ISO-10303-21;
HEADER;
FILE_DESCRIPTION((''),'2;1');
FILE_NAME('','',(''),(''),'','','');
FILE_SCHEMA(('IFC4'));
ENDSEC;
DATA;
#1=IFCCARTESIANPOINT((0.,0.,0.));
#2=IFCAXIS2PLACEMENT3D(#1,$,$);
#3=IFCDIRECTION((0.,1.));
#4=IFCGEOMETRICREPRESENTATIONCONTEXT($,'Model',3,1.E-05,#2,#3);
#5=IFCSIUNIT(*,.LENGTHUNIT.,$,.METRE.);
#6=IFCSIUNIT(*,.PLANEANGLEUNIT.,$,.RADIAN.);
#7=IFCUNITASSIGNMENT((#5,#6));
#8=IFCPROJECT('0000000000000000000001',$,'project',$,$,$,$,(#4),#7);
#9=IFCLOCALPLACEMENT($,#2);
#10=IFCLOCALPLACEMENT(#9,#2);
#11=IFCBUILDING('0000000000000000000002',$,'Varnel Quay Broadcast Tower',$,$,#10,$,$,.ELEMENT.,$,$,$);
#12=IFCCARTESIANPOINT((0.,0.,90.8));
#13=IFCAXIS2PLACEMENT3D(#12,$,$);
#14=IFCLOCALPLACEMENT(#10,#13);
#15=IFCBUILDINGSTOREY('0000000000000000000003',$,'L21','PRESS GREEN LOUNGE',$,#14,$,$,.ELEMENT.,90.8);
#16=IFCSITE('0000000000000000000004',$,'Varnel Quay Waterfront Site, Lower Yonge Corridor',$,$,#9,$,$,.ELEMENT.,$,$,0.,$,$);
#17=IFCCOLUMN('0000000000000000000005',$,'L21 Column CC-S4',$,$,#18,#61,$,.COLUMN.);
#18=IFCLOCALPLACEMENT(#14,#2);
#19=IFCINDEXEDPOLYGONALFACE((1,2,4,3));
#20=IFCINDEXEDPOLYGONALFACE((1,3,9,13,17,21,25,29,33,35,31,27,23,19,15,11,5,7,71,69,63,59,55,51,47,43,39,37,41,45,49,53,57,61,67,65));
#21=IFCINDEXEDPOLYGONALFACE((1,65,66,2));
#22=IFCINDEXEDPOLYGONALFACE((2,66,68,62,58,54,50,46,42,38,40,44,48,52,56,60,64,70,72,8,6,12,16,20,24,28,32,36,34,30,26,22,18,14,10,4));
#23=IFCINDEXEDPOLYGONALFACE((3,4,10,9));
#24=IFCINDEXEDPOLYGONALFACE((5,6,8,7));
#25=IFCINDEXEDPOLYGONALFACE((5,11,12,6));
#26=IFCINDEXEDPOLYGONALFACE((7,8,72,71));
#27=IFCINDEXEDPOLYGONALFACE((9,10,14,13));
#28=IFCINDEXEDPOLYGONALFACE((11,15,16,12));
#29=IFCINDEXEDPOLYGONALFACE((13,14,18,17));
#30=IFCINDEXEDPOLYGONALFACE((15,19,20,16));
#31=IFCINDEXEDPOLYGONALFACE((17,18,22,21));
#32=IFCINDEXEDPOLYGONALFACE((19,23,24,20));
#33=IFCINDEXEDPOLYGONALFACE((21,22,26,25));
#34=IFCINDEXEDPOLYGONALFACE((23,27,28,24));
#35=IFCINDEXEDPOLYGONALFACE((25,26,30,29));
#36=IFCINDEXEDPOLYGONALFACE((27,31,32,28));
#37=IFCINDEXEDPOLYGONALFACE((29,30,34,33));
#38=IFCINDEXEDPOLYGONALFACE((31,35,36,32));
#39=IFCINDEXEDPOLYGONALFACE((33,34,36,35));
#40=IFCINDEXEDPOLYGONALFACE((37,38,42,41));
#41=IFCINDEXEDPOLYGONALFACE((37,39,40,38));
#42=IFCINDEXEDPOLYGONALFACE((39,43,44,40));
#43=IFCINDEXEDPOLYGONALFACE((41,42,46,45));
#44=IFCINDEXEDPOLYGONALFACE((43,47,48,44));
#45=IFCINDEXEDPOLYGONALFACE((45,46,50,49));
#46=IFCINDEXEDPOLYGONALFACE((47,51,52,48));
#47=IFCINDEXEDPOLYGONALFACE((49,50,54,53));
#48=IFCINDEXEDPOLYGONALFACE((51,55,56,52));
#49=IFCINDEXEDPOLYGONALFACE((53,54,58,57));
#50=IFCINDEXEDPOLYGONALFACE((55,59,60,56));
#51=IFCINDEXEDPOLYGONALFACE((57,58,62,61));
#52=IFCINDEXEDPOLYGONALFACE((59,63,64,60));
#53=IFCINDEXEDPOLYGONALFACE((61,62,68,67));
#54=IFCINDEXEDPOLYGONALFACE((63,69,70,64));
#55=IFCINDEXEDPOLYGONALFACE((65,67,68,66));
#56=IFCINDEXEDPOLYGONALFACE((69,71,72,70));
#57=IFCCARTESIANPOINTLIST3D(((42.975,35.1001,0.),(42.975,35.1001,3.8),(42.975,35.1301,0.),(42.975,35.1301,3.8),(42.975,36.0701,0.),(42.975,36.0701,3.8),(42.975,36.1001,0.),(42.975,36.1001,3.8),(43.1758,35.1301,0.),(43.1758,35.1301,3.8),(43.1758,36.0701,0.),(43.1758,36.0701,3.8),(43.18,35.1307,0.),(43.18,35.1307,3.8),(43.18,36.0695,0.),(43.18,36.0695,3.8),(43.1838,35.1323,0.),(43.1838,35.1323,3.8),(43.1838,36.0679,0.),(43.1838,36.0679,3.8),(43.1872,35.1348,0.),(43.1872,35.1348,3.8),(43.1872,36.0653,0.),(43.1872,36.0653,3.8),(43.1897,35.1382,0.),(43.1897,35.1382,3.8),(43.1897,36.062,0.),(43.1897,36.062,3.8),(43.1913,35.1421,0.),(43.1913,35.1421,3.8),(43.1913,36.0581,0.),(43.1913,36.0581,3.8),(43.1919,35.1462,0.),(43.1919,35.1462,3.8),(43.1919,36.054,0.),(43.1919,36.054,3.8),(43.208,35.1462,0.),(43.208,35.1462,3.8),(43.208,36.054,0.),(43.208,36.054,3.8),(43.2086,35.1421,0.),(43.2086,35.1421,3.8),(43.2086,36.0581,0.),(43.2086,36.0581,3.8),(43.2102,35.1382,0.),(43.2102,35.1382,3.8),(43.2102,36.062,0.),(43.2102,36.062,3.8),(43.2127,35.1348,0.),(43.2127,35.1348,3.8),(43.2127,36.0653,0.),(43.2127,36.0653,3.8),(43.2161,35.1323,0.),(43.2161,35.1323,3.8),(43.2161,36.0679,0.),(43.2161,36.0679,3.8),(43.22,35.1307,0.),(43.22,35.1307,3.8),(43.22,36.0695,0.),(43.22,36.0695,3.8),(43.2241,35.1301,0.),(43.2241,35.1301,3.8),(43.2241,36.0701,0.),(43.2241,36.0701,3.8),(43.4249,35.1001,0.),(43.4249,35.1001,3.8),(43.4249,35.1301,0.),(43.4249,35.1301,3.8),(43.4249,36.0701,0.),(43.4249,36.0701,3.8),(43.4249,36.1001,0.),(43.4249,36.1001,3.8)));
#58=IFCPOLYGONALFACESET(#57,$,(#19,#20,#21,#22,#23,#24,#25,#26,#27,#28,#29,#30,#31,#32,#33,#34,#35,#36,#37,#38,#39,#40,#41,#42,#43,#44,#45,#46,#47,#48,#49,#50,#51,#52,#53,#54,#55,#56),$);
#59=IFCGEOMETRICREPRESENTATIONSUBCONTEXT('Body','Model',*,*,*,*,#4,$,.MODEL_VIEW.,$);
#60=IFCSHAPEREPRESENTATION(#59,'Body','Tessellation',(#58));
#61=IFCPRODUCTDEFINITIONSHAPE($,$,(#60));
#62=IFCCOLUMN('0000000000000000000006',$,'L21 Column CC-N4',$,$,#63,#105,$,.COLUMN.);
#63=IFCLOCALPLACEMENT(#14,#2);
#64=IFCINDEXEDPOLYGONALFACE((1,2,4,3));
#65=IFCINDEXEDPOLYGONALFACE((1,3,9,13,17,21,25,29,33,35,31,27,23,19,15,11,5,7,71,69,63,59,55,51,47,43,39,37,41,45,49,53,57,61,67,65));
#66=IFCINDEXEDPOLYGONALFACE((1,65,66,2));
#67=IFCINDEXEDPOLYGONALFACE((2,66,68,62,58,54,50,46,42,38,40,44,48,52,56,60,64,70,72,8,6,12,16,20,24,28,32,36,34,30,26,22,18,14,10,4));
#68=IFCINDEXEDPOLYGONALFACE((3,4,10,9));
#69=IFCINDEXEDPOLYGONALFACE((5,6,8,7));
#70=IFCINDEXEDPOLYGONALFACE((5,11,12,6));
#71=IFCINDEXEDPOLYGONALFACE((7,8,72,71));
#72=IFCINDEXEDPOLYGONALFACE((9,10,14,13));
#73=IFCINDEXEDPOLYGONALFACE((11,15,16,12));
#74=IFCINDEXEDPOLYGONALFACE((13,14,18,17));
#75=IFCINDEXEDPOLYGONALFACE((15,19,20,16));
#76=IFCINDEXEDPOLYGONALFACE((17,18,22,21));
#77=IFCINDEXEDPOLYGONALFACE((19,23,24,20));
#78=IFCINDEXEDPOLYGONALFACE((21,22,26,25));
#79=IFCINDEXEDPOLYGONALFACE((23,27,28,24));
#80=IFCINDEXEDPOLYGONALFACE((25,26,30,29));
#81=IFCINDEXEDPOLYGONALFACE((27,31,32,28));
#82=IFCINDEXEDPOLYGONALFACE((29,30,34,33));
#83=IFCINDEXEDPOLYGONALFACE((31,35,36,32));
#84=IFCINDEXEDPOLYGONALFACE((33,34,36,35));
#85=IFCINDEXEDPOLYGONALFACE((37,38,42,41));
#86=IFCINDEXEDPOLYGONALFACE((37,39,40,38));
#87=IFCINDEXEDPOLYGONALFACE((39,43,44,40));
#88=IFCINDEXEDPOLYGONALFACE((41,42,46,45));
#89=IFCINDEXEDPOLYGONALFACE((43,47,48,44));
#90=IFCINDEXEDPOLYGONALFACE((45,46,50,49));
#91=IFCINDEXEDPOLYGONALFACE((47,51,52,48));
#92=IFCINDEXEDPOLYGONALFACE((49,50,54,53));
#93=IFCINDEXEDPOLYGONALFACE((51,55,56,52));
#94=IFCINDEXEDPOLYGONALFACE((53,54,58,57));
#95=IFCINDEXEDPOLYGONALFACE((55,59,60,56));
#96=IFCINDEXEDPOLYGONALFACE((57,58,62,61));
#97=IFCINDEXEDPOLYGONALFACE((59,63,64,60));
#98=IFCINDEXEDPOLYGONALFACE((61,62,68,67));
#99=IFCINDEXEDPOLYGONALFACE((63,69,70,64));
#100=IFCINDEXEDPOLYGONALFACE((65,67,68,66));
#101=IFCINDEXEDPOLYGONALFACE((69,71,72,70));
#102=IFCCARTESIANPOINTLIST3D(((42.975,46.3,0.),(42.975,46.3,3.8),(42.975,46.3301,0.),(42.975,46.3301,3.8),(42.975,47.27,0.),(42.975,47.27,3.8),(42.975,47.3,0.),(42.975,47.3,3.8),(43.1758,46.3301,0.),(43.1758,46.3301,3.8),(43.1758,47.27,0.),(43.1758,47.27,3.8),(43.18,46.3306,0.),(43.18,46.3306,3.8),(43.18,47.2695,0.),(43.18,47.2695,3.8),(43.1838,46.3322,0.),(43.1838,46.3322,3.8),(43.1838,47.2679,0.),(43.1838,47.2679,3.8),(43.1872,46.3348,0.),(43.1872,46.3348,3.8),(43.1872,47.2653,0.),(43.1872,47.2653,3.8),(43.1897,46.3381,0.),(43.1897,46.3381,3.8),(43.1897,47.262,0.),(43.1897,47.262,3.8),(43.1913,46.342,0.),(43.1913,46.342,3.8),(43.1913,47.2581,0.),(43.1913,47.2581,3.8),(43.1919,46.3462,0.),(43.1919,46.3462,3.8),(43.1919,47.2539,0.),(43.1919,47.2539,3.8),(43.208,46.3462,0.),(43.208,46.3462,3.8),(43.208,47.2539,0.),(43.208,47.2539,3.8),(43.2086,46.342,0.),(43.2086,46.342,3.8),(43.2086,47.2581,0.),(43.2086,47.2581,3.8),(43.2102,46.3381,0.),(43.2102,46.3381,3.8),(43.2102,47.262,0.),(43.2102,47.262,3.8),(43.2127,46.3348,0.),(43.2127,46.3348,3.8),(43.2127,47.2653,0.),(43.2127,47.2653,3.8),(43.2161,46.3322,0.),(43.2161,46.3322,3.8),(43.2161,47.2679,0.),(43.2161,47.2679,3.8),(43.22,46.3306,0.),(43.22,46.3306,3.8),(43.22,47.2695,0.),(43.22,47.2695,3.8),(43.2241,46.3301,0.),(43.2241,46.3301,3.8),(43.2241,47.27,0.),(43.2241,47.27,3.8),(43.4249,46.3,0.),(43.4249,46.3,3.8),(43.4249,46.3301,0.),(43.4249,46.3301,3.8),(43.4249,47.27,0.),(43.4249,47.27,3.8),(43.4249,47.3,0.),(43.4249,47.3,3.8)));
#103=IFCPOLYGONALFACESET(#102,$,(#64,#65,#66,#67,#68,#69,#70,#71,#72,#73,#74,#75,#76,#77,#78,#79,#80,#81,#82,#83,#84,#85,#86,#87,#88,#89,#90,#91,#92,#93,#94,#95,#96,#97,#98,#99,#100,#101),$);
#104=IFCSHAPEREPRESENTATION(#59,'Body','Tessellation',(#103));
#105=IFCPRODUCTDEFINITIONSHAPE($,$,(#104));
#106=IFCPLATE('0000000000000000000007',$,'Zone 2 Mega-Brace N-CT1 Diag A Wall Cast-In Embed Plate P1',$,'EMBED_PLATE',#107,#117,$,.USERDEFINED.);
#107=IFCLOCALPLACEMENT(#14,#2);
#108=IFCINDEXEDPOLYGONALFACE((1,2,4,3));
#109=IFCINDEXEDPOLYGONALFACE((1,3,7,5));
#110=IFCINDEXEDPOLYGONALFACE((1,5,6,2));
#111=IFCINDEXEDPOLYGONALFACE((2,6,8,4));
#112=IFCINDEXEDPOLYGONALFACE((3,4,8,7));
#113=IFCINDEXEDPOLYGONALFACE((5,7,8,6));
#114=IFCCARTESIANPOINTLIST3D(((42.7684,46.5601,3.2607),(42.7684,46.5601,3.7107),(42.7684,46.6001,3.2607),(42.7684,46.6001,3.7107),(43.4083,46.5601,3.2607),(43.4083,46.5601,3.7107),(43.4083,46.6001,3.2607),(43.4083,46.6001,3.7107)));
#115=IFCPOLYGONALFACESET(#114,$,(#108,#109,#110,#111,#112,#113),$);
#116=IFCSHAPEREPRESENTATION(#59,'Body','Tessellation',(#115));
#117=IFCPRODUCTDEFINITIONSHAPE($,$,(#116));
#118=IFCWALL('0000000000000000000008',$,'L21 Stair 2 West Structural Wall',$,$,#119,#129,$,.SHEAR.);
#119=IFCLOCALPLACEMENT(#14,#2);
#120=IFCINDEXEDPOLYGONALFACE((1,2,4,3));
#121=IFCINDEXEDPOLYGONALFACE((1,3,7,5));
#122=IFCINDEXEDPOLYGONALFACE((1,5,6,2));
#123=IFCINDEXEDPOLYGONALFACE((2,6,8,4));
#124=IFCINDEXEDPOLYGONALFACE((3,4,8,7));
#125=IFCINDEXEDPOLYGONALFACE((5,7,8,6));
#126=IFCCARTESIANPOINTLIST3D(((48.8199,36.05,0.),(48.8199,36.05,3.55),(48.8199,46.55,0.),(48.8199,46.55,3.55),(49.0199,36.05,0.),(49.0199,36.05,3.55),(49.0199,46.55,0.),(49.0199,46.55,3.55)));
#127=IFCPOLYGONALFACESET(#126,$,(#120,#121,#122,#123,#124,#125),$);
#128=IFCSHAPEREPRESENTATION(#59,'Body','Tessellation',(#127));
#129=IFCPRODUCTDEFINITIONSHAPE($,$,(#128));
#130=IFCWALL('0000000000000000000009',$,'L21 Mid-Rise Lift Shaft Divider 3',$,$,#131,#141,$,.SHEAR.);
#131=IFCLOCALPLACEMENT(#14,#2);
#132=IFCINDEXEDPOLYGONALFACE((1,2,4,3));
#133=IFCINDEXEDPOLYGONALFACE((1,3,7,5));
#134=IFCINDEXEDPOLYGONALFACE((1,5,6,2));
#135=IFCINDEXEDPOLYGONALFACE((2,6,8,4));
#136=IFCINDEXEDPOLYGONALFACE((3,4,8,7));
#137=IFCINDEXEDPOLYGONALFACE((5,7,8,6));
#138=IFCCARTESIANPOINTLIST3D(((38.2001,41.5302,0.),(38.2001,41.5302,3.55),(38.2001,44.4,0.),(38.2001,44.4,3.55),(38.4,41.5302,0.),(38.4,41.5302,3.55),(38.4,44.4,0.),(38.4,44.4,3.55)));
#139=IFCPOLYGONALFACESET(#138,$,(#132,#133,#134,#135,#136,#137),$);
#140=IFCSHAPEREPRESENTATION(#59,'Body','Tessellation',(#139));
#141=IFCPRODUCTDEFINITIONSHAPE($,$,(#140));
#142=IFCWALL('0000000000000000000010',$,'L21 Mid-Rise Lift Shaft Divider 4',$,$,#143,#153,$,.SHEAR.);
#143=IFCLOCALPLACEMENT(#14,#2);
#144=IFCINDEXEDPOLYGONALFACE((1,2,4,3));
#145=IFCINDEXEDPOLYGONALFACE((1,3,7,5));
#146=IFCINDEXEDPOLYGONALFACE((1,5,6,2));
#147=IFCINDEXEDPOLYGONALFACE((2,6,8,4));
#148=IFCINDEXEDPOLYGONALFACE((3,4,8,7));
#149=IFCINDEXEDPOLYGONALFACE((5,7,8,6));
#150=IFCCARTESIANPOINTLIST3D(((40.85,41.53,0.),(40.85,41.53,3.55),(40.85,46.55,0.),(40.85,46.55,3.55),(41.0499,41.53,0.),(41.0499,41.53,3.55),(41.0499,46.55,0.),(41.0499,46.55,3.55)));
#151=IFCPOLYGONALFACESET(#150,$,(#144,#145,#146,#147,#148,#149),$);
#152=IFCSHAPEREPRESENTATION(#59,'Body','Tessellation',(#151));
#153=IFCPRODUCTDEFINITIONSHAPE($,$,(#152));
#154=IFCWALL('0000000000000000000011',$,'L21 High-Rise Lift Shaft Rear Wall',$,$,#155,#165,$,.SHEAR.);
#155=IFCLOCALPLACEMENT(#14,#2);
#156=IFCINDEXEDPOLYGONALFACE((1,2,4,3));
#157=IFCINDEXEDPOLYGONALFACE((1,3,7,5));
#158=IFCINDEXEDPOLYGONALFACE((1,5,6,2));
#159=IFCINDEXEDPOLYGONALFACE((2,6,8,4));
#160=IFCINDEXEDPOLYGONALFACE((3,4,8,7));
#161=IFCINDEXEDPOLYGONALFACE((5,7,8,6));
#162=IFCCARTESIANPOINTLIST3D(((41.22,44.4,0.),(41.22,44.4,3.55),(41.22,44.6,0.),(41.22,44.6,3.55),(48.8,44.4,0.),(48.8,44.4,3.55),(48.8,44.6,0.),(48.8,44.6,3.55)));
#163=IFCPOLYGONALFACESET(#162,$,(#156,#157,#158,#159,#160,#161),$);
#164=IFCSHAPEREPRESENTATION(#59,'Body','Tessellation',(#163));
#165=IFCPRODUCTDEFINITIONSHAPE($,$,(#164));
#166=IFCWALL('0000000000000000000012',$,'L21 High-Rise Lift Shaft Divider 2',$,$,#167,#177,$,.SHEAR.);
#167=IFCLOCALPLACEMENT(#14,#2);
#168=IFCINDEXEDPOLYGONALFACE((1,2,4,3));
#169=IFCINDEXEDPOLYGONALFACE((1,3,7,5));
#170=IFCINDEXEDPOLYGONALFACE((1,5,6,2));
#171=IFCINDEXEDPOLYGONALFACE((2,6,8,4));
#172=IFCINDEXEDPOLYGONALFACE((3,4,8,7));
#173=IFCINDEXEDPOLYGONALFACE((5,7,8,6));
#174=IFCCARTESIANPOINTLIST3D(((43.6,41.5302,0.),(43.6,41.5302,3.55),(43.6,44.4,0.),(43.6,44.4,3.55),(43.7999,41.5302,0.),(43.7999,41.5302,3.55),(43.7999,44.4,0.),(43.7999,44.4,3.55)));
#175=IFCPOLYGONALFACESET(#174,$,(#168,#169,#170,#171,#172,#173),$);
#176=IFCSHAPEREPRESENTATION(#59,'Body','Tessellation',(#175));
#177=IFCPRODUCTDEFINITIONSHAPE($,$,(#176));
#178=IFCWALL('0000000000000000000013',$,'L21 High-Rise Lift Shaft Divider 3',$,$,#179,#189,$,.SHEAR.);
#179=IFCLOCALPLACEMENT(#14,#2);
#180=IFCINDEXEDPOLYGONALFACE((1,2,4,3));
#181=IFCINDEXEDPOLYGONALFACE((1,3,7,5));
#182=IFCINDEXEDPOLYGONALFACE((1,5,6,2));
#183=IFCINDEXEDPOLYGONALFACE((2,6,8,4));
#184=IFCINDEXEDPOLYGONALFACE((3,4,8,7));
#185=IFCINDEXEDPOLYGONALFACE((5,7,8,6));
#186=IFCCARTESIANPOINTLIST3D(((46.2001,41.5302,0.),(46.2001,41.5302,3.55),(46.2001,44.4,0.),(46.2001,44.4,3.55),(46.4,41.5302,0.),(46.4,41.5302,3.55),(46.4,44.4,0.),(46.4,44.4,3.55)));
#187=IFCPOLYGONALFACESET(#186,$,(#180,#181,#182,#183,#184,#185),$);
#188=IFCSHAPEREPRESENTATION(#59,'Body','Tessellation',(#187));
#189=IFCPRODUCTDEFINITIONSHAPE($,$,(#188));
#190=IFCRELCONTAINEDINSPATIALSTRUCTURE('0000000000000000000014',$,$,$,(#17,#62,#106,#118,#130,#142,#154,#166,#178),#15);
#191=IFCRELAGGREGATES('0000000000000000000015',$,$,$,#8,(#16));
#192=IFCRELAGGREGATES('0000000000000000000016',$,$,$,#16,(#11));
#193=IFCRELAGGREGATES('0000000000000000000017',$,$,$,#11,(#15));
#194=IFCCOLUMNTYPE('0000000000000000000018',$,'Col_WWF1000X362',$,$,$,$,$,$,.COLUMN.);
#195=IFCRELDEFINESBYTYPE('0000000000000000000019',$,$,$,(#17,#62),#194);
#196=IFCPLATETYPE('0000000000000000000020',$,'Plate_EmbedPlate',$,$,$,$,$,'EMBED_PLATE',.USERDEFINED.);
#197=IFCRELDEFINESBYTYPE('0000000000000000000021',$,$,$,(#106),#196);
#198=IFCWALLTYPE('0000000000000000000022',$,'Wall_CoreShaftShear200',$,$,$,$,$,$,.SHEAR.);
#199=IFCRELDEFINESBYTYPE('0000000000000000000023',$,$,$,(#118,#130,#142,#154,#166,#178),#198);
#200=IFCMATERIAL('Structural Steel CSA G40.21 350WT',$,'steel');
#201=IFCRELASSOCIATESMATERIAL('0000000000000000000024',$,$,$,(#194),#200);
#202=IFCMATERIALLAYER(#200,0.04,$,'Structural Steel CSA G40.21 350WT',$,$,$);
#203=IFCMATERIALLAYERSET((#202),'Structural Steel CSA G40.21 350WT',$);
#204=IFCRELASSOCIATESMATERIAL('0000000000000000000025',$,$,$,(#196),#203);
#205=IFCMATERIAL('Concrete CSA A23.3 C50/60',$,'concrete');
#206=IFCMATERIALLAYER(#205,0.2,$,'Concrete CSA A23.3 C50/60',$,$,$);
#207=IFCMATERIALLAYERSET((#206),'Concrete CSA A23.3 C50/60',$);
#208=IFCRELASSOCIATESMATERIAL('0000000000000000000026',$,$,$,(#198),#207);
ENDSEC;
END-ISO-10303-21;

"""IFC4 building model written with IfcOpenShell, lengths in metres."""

from ifc_helpers import new_model, si_unit, direction, frame, frame_2d, origin, origin_2d, place, context, subcontext, project, spatial, rectangle, i_section, extrude, source, transform, mapped, material, layer, layer_set, material_profile, profile_set, type_object, type_shapes, element, save


model = new_model("IFC4")

# Units and contexts
model_context = context("Model", 3, precision=1e-05, world=origin(), true_north=direction((0.0, 1.0)))
body_context = subcontext(model_context, "Body", "Model", "MODEL_VIEW")
ifc_project = project(units=[si_unit("LENGTHUNIT", "METRE"), si_unit("PLANEANGLEUNIT", "RADIAN")], contexts=[model_context])

# Site, building, storey
site_placement = place(None, origin())
site = spatial("IfcSite", under=ifc_project, at=site_placement, Name="Varnel Quay Waterfront Site, Lower Yonge Corridor", CompositionType="ELEMENT", RefElevation=0.0)
building_placement = place(site_placement, origin())
building = spatial("IfcBuilding", under=site, at=building_placement, Name="Varnel Quay Broadcast Tower", CompositionType="ELEMENT")
storey_placement = place(building_placement, frame((0.0, 0.0, 90.8)))
storey = spatial("IfcBuildingStorey", under=building, at=storey_placement, Name="L21", Description="PRESS GREEN LOUNGE", CompositionType="ELEMENT", Elevation=90.8)

# Columns
ifc_material_1 = material(Name="Structural Steel CSA G40.21 350WT", Category="steel")
ifc_material_profile = material_profile(ifc_material_1, i_section(OverallWidth=0.45, OverallDepth=1.0, WebThickness=0.0161, FlangeThickness=0.03, FilletRadius=0.0161, at=origin_2d()), Name="WWF1000X362")
ifc_profile_set = profile_set([ifc_material_profile], Name="Structural Steel CSA G40.21 350WT")
column_type = type_object("IfcColumnType", Name="Col_WWF1000X362", PredefinedType="COLUMN", material=ifc_profile_set)
shared_shape_1 = source(origin(), body_context, "Body", "SweptSolid", [
    extrude(i_section(OverallWidth=0.45, OverallDepth=1.0, WebThickness=0.0161, FlangeThickness=0.03, FilletRadius=0.0161, at=origin_2d()), origin(), (0.0, 0.0, 1.0), 3.8),
])
type_shapes(column_type, [shared_shape_1])
for number, where, z_axis, x_axis, name in (
    (1, (43.2, 35.6001, 0.0), (0.0, 0.0, 1.0), (1.0, 0.0, 0.0), "L21 Column CC-S4"),
    (2, (43.2, 46.8, 0.0), (0.0, 0.0, 1.0), (1.0, 0.0, 0.0), "L21 Column CC-N4"),
):
    element("IfcColumn", number, at=place(storey_placement, frame(where, z_axis=z_axis, x_axis=x_axis)), inside=storey, type_object=column_type, Name=name, PredefinedType="COLUMN", context=body_context, shape_type="MappedRepresentation", body=[
        mapped(shared_shape_1, transform((0.0, 0.0, 0.0), x_axis=(1.0, 0.0, 0.0), y_axis=(0.0, 1.0, 0.0), z_axis=(0.0, 0.0, 1.0), scale=1.0)),
    ])

# Plate
ifc_layer_1 = layer(ifc_material_1, 0.04, Name="Structural Steel CSA G40.21 350WT")
ifc_layer_set_1 = layer_set([ifc_layer_1], Name="Structural Steel CSA G40.21 350WT")
plate_type = type_object("IfcPlateType", Name="Plate_EmbedPlate", ElementType="EMBED_PLATE", PredefinedType="USERDEFINED", material=ifc_layer_set_1)
shared_shape_2 = source(origin(), body_context, "Body", "SweptSolid", [
    extrude(rectangle(XDim=0.6399, YDim=0.04, at=origin_2d()), origin(), (0.0, 0.0, 1.0), 0.45),
])
type_shapes(plate_type, [shared_shape_2])
plate_placement = place(storey_placement, frame((43.0884, 46.5801, 3.2607), z_axis=(0.0, 0.0, 1.0), x_axis=(1.0, 0.0, 0.0)))
element("IfcPlate", 3, at=plate_placement, inside=storey, type_object=plate_type, Name="Zone 2 Mega-Brace N-CT1 Diag A Wall Cast-In Embed Plate P1", ObjectType="EMBED_PLATE", PredefinedType="USERDEFINED", context=body_context, shape_type="MappedRepresentation", body=[
    mapped(shared_shape_2, transform((0.0, 0.0, 0.0), x_axis=(1.0, 0.0, 0.0), y_axis=(0.0, 1.0, 0.0), z_axis=(0.0, 0.0, 1.0), scale=1.0)),
])

# Walls
ifc_material_2 = material(Name="Concrete CSA A23.3 C50/60", Category="concrete")
ifc_layer_2 = layer(ifc_material_2, 0.2, Name="Concrete CSA A23.3 C50/60")
ifc_layer_set_2 = layer_set([ifc_layer_2], Name="Concrete CSA A23.3 C50/60")
wall_type_1 = type_object("IfcWallType", Name="Wall_CoreShaftShear200", PredefinedType="SHEAR", material=ifc_layer_set_2)
wall_1_placement = place(storey_placement, frame((48.9199, 36.05, 0.0), z_axis=(0.0, 0.0, 1.0), x_axis=(0.0, 1.0, 0.0)))
element("IfcWall", 4, at=wall_1_placement, inside=storey, type_object=wall_type_1, Name="L21 Stair 2 West Structural Wall", PredefinedType="SHEAR", context=body_context, shape_type="SweptSolid", body=[
    extrude(rectangle(XDim=10.5, YDim=0.2, at=frame_2d((5.25, 0.0))), origin(), (0.0, 0.0, 1.0), 3.55),
])
wall_2_placement = place(storey_placement, frame((38.3, 41.53, 0.0), z_axis=(0.0, 0.0, 1.0), x_axis=(0.0, 1.0, 0.0)))
element("IfcWall", 5, at=wall_2_placement, inside=storey, type_object=wall_type_1, Name="L21 Mid-Rise Lift Shaft Divider 3", PredefinedType="SHEAR", context=body_context, shape_type="SweptSolid", body=[
    extrude(rectangle(XDim=2.8699, YDim=0.2, at=frame_2d((1.4351, 0.0))), origin(), (0.0, 0.0, 1.0), 3.55),
])
wall_3_placement = place(storey_placement, frame((40.95, 41.53, 0.0), z_axis=(0.0, 0.0, 1.0), x_axis=(0.0, 1.0, 0.0)))
element("IfcWall", 6, at=wall_3_placement, inside=storey, type_object=wall_type_1, Name="L21 Mid-Rise Lift Shaft Divider 4", PredefinedType="SHEAR", context=body_context, shape_type="SweptSolid", body=[
    extrude(rectangle(XDim=5.02, YDim=0.2, at=frame_2d((2.51, 0.0))), origin(), (0.0, 0.0, 1.0), 3.55),
])
wall_4_placement = place(storey_placement, frame((41.22, 44.5, 0.0), z_axis=(0.0, 0.0, 1.0), x_axis=(1.0, 0.0, 0.0)))
element("IfcWall", 7, at=wall_4_placement, inside=storey, type_object=wall_type_1, Name="L21 High-Rise Lift Shaft Rear Wall", PredefinedType="SHEAR", context=body_context, shape_type="SweptSolid", body=[
    extrude(rectangle(XDim=7.5801, YDim=0.2, at=frame_2d((3.79, 0.0))), origin(), (0.0, 0.0, 1.0), 3.55),
])
for number, where, z_axis, x_axis, name in (
    (8, (43.7, 41.53, 0.0), (0.0, 0.0, 1.0), (0.0, 1.0, 0.0), "L21 High-Rise Lift Shaft Divider 2"),
    (9, (46.3, 41.53, 0.0), (0.0, 0.0, 1.0), (0.0, 1.0, 0.0), "L21 High-Rise Lift Shaft Divider 3"),
):
    element("IfcWall", number, at=place(storey_placement, frame(where, z_axis=z_axis, x_axis=x_axis)), inside=storey, type_object=wall_type_1, Name=name, PredefinedType="SHEAR", context=body_context, shape_type="SweptSolid", body=[
        extrude(rectangle(XDim=2.8699, YDim=0.2, at=frame_2d((1.4351, 0.0))), origin(), (0.0, 0.0, 1.0), 3.55),
    ])

save(model, "model.ifc")
